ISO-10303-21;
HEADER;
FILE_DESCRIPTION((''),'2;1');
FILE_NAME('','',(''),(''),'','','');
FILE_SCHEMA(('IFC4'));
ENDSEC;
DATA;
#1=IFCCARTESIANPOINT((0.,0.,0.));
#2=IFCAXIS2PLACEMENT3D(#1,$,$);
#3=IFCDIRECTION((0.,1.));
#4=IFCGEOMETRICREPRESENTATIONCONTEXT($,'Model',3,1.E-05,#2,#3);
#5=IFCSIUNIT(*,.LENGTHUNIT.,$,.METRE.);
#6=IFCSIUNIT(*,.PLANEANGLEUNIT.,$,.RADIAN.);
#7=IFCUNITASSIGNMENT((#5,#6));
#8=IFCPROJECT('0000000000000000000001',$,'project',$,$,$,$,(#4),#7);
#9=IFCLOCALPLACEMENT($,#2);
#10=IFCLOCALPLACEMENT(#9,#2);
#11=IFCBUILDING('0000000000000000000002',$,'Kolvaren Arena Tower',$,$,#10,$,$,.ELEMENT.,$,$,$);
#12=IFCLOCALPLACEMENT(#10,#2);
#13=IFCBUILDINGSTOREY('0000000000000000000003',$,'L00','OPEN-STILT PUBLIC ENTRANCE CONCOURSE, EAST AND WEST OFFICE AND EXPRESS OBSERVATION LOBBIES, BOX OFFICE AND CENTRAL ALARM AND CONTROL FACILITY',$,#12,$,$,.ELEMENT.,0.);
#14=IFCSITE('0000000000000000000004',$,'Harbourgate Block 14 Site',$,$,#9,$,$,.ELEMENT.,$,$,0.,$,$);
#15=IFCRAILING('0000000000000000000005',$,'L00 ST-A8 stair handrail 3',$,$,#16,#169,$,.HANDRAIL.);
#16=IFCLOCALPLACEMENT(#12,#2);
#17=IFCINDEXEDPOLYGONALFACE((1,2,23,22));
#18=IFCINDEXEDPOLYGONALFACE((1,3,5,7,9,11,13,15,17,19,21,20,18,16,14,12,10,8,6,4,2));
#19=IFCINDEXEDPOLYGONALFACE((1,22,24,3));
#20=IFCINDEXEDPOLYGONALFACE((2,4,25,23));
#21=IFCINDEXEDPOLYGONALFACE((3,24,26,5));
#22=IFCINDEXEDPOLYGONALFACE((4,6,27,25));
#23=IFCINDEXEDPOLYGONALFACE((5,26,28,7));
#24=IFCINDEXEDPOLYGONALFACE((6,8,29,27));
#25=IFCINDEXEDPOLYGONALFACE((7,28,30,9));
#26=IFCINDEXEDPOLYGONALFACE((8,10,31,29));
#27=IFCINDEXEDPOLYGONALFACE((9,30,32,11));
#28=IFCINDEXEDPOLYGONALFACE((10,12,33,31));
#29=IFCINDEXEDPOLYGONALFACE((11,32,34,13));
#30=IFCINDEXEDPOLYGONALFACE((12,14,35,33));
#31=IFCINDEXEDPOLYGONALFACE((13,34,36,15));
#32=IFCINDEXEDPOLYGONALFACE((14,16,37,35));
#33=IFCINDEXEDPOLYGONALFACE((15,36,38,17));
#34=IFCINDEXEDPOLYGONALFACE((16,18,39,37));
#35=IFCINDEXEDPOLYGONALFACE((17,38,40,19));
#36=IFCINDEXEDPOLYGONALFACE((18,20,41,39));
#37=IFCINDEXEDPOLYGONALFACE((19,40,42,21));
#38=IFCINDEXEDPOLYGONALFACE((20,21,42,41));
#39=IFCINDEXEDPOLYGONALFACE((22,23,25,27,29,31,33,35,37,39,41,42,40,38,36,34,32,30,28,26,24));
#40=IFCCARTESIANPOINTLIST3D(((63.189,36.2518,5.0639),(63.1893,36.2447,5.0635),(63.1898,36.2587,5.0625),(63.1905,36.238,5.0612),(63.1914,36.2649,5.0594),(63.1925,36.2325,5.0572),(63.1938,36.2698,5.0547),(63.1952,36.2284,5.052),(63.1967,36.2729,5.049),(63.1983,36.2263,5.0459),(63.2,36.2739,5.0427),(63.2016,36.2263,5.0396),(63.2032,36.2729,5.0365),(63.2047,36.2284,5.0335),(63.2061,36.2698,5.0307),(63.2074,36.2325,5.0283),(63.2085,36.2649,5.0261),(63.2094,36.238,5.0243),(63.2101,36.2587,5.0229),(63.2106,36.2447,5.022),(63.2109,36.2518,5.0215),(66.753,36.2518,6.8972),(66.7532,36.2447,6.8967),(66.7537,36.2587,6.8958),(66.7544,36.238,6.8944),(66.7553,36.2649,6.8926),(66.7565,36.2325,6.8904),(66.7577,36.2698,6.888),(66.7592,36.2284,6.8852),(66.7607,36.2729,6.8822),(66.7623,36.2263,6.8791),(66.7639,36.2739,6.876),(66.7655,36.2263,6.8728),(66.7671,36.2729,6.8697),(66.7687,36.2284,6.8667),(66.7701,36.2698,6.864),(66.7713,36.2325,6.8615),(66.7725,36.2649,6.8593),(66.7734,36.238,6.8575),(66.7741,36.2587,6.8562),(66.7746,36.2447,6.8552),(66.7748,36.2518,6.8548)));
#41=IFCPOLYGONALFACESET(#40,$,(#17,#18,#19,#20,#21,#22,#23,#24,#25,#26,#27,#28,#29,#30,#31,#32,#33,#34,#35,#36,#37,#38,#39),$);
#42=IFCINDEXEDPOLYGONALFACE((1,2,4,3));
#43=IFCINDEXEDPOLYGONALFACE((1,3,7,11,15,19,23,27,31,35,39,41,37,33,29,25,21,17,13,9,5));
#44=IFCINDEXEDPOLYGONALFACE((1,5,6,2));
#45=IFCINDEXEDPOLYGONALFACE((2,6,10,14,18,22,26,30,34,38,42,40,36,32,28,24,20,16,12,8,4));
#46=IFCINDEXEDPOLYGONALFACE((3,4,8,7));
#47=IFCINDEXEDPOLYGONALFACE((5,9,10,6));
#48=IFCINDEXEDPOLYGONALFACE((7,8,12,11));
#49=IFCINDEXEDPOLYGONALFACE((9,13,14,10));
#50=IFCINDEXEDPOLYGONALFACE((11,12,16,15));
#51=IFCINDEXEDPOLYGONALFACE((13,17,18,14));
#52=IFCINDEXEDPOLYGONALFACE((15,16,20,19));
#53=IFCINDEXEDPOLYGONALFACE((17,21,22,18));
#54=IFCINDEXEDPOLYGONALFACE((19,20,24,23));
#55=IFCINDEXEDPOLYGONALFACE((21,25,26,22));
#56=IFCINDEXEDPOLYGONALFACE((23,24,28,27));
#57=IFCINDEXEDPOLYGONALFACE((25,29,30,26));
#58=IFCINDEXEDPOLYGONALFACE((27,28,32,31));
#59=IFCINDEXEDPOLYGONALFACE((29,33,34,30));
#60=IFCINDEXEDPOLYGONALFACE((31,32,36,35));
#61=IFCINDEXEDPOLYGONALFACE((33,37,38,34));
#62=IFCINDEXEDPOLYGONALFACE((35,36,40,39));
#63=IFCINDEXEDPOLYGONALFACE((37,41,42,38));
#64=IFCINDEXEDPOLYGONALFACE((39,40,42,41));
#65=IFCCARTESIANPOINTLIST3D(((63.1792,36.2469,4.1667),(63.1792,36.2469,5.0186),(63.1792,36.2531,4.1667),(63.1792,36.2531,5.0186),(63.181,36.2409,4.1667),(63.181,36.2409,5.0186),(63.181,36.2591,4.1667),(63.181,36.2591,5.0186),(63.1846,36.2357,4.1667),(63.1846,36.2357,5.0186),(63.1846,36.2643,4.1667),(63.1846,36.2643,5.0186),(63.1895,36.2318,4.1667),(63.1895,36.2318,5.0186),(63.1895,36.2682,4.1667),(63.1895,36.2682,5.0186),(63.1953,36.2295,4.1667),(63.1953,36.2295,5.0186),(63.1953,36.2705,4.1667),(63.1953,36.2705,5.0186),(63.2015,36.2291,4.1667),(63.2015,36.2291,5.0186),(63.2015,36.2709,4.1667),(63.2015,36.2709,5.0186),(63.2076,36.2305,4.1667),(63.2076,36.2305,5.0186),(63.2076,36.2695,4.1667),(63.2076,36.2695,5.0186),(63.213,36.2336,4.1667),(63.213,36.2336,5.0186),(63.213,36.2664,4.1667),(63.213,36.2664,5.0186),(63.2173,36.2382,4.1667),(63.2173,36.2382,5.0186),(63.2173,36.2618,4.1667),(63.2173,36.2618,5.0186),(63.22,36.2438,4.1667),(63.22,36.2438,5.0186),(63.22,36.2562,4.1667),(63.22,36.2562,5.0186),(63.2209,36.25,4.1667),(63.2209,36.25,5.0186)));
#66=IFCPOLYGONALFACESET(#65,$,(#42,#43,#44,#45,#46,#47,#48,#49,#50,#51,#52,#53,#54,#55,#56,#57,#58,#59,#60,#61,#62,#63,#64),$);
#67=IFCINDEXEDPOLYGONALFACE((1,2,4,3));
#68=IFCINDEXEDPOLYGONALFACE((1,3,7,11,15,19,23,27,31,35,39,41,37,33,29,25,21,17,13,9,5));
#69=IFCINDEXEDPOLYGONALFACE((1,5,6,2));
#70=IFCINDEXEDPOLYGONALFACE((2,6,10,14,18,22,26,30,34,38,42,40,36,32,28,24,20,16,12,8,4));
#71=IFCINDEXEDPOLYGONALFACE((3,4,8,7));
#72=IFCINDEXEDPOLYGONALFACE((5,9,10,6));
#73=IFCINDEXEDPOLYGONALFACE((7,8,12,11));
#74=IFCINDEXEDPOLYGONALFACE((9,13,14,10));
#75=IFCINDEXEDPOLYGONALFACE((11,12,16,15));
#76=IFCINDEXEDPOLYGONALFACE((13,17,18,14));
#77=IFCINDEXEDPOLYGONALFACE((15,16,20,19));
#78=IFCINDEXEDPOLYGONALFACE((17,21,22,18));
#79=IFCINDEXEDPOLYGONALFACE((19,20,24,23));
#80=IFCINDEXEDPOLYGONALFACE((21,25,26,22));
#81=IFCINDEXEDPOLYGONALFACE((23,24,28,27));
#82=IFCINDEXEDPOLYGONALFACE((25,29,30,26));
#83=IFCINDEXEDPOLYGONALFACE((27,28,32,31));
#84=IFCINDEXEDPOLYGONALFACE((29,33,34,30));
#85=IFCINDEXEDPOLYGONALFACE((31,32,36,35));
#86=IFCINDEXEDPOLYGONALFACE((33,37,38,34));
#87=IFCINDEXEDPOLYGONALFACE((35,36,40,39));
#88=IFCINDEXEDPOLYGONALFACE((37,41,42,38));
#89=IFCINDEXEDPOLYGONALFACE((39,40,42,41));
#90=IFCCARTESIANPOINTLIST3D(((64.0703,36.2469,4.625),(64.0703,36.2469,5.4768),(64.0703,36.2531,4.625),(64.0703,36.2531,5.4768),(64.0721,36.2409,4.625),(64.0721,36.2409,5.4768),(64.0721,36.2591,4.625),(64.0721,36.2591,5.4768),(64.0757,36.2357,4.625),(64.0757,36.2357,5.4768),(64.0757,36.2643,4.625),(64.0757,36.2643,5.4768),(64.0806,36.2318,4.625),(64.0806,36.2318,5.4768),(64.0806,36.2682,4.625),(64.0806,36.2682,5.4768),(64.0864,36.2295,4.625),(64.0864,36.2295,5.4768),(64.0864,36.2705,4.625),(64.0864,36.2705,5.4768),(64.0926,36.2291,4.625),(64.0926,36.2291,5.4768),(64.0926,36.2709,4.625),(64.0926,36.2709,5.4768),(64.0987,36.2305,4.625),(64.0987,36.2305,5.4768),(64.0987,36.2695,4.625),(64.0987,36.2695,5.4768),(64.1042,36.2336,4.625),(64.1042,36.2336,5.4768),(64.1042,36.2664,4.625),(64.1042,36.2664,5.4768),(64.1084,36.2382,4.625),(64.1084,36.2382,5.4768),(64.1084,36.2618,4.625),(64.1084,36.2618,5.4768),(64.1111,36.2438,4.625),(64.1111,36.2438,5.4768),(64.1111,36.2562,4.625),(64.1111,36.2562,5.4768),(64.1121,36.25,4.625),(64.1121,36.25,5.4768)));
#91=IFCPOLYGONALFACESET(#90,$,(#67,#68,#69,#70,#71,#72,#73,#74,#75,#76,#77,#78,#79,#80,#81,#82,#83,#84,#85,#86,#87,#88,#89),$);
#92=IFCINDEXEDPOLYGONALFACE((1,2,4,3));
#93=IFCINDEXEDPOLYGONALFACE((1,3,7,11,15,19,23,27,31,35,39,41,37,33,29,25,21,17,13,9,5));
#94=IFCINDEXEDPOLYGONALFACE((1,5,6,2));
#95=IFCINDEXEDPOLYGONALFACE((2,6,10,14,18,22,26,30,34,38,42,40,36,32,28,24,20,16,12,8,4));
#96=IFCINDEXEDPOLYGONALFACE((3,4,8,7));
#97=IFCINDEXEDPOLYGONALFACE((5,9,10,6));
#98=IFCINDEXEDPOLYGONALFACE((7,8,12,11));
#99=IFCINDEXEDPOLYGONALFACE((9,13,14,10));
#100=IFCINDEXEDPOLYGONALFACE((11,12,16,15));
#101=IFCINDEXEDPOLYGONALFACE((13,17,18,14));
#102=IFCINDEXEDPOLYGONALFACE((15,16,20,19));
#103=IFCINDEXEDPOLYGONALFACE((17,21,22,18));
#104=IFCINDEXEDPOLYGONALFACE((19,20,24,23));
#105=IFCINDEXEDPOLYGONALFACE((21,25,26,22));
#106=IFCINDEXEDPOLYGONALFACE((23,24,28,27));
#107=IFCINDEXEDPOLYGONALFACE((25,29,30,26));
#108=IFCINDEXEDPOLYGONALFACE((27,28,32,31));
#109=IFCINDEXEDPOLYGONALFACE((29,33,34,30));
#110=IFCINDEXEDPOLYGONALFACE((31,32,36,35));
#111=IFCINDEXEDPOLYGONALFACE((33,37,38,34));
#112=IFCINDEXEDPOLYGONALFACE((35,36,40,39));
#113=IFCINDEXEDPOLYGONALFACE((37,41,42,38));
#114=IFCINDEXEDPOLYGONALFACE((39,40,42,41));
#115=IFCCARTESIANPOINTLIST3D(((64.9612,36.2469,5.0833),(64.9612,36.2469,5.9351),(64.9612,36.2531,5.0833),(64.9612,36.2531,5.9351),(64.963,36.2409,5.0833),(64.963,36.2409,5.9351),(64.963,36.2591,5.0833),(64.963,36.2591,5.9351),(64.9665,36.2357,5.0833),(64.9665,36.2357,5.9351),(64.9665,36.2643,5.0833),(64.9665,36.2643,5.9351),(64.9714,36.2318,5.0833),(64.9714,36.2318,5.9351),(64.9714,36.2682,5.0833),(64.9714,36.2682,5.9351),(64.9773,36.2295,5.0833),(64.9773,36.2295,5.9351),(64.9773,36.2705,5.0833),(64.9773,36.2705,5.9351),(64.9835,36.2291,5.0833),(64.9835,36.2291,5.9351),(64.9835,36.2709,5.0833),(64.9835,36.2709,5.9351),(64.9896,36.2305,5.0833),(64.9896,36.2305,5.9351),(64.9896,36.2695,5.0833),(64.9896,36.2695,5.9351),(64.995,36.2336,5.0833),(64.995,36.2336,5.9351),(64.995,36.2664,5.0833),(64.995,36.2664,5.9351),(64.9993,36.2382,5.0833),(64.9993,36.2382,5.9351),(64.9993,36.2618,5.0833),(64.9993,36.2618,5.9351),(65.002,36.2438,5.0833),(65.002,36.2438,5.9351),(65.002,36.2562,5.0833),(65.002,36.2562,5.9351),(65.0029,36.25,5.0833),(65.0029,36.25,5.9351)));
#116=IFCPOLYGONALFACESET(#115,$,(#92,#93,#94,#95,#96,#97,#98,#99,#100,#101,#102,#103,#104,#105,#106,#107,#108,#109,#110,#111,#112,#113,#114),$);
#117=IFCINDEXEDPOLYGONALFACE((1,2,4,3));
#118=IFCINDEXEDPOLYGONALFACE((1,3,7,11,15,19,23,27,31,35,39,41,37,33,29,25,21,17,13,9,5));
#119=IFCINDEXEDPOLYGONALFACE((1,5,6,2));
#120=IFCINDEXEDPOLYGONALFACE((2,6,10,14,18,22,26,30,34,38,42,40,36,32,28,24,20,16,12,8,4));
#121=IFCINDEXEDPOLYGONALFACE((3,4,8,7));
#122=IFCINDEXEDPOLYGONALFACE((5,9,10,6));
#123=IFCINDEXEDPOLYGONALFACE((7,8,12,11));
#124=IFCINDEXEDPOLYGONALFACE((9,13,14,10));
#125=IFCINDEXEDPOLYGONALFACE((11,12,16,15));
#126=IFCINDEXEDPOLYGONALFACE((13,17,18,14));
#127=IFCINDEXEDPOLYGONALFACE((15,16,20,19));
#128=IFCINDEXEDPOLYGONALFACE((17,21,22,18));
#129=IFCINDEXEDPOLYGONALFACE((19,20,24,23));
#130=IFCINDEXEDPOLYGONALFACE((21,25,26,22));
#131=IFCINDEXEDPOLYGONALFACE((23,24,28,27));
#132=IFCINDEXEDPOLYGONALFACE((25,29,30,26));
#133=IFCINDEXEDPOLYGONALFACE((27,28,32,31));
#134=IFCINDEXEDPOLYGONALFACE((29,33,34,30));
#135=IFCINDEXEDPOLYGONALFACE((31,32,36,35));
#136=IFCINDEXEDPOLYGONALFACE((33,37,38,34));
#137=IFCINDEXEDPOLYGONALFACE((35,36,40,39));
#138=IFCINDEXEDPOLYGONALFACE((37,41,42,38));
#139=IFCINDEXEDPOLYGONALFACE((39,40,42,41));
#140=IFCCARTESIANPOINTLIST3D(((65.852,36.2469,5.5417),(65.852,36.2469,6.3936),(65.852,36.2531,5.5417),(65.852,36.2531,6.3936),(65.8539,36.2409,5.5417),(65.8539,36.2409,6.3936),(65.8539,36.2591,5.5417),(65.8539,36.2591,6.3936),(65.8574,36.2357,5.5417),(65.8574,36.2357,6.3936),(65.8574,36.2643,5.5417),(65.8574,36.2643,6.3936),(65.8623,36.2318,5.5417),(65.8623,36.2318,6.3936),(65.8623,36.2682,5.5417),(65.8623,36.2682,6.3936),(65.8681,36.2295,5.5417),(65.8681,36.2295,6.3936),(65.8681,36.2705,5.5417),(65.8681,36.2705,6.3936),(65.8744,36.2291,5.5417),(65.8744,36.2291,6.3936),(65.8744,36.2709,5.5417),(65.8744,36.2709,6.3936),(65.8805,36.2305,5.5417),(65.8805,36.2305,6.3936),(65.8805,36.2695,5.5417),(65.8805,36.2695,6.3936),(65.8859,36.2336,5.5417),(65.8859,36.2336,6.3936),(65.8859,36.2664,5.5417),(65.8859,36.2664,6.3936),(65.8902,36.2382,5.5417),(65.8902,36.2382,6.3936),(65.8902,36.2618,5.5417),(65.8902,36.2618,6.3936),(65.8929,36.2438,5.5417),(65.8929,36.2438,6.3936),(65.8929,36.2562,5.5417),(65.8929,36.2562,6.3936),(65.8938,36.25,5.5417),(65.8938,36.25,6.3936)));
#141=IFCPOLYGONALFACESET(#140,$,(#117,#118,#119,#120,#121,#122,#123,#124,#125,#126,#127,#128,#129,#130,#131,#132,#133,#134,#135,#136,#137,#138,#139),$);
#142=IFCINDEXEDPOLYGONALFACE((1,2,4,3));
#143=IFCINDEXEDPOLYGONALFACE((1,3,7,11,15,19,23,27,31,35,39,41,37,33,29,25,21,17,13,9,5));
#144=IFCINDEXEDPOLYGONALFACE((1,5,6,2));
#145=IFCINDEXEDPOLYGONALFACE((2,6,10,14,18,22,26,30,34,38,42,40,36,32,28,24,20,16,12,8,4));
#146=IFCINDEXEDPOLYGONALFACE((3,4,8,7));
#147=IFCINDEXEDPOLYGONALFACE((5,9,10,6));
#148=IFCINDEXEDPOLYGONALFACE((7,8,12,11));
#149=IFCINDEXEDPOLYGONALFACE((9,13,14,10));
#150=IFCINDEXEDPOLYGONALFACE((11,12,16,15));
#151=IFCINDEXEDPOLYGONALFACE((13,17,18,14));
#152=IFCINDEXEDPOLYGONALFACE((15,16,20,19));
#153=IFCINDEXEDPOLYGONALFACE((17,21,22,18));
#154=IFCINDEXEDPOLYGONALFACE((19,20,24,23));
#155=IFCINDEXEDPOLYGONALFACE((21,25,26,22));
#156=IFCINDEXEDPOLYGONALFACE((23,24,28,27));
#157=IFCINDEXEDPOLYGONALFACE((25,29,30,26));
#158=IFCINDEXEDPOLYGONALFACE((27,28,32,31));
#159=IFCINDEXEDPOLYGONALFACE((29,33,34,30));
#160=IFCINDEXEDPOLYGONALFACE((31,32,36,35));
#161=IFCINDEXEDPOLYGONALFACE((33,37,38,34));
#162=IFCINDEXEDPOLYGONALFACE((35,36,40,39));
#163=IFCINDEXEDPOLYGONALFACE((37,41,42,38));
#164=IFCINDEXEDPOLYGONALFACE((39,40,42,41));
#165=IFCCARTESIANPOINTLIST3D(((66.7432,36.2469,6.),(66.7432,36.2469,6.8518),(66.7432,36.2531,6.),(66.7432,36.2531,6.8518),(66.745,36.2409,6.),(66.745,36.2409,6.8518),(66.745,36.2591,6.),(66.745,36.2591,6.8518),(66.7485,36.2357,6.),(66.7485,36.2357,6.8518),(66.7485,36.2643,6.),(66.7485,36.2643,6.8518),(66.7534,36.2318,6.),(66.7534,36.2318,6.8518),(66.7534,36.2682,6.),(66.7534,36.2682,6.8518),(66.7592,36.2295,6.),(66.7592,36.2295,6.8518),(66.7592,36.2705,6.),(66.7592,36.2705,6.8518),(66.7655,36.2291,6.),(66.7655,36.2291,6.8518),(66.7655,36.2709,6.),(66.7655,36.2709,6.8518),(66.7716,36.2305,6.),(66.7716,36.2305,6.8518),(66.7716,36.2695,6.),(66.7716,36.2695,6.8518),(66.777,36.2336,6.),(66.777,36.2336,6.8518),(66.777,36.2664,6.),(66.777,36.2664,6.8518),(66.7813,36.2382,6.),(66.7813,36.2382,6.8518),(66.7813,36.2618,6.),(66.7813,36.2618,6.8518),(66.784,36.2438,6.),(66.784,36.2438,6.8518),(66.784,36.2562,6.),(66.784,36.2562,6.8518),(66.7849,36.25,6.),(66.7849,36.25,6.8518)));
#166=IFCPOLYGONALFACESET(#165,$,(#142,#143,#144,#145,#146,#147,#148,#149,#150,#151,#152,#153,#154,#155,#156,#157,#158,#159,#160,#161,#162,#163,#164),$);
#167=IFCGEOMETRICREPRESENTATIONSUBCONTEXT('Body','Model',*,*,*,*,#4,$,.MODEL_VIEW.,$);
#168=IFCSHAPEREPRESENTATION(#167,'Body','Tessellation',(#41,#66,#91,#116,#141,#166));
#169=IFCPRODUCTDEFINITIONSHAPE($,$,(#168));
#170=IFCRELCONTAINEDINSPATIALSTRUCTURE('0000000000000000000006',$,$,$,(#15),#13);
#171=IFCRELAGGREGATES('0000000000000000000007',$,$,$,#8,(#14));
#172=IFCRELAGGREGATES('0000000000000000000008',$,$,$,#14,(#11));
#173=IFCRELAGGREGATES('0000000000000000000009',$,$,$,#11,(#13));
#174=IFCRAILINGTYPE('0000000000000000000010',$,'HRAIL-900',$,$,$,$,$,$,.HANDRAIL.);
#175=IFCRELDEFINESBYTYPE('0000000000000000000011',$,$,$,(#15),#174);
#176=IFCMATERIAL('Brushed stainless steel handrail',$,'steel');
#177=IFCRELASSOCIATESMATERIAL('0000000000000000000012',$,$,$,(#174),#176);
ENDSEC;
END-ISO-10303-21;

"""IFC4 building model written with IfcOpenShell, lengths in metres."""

from ifc_helpers import new_model, si_unit, direction, frame, origin, origin_2d, place, context, subcontext, project, spatial, circle, extrude, material, type_object, element, save


model = new_model("IFC4")

# Units and contexts
model_context = context("Model", 3, precision=1e-05, world=origin(), true_north=direction((0.0, 1.0)))
body_context = subcontext(model_context, "Body", "Model", "MODEL_VIEW")
ifc_project = project(units=[si_unit("LENGTHUNIT", "METRE"), si_unit("PLANEANGLEUNIT", "RADIAN")], contexts=[model_context])

# Site, building, storey
site_placement = place(None, origin())
site = spatial("IfcSite", under=ifc_project, at=site_placement, Name="Harbourgate Block 14 Site", CompositionType="ELEMENT", RefElevation=0.0)
building_placement = place(site_placement, origin())
building = spatial("IfcBuilding", under=site, at=building_placement, Name="Kolvaren Arena Tower", CompositionType="ELEMENT")
storey_placement = place(building_placement, origin())
storey = spatial("IfcBuildingStorey", under=building, at=storey_placement, Name="L00", Description="OPEN-STILT PUBLIC ENTRANCE CONCOURSE, EAST AND WEST OFFICE AND EXPRESS OBSERVATION LOBBIES, BOX OFFICE AND CENTRAL ALARM AND CONTROL FACILITY", CompositionType="ELEMENT", Elevation=0.0)

# Railing
ifc_material_1 = material(Name="Brushed stainless steel handrail", Category="steel")
railing_type_1 = type_object("IfcRailingType", Name="HRAIL-900", PredefinedType="HANDRAIL", material=ifc_material_1)
for number, where, name in (
    (1, (63.2, 36.25, 4.1667), "L00 ST-A8 stair handrail 3"),
):
    element("IfcRailing", number, at=place(storey_placement, frame(where)), inside=storey, type_object=railing_type_1, Name=name, PredefinedType="HANDRAIL", context=body_context, shape_type="SweptSolid", body=[
        extrude(circle(Radius=0.0239, at=origin_2d()), frame((0.0, 0.0, 0.876), z_axis=(0.889252, 0.0, 0.457418), x_axis=(0.0, 1.0, 0.0)), (0.0, 0.0, 1.0), 4.0078),
        extrude(circle(Radius=0.021, at=origin_2d()), origin(), (0.0, 0.0, 1.0), 0.8518),
        extrude(circle(Radius=0.021, at=origin_2d()), frame((0.8911, 0.0, 0.4583)), (0.0, 0.0, 1.0), 0.8518),
        extrude(circle(Radius=0.021, at=origin_2d()), frame((1.782, 0.0, 0.9165)), (0.0, 0.0, 1.0), 0.8518),
        extrude(circle(Radius=0.021, at=origin_2d()), frame((2.6729, 0.0, 1.375)), (0.0, 0.0, 1.0), 0.8518),
        extrude(circle(Radius=0.021, at=origin_2d()), frame((3.564, 0.0, 1.8333)), (0.0, 0.0, 1.0), 0.8518),
    ])

save(model, "model.ifc")
